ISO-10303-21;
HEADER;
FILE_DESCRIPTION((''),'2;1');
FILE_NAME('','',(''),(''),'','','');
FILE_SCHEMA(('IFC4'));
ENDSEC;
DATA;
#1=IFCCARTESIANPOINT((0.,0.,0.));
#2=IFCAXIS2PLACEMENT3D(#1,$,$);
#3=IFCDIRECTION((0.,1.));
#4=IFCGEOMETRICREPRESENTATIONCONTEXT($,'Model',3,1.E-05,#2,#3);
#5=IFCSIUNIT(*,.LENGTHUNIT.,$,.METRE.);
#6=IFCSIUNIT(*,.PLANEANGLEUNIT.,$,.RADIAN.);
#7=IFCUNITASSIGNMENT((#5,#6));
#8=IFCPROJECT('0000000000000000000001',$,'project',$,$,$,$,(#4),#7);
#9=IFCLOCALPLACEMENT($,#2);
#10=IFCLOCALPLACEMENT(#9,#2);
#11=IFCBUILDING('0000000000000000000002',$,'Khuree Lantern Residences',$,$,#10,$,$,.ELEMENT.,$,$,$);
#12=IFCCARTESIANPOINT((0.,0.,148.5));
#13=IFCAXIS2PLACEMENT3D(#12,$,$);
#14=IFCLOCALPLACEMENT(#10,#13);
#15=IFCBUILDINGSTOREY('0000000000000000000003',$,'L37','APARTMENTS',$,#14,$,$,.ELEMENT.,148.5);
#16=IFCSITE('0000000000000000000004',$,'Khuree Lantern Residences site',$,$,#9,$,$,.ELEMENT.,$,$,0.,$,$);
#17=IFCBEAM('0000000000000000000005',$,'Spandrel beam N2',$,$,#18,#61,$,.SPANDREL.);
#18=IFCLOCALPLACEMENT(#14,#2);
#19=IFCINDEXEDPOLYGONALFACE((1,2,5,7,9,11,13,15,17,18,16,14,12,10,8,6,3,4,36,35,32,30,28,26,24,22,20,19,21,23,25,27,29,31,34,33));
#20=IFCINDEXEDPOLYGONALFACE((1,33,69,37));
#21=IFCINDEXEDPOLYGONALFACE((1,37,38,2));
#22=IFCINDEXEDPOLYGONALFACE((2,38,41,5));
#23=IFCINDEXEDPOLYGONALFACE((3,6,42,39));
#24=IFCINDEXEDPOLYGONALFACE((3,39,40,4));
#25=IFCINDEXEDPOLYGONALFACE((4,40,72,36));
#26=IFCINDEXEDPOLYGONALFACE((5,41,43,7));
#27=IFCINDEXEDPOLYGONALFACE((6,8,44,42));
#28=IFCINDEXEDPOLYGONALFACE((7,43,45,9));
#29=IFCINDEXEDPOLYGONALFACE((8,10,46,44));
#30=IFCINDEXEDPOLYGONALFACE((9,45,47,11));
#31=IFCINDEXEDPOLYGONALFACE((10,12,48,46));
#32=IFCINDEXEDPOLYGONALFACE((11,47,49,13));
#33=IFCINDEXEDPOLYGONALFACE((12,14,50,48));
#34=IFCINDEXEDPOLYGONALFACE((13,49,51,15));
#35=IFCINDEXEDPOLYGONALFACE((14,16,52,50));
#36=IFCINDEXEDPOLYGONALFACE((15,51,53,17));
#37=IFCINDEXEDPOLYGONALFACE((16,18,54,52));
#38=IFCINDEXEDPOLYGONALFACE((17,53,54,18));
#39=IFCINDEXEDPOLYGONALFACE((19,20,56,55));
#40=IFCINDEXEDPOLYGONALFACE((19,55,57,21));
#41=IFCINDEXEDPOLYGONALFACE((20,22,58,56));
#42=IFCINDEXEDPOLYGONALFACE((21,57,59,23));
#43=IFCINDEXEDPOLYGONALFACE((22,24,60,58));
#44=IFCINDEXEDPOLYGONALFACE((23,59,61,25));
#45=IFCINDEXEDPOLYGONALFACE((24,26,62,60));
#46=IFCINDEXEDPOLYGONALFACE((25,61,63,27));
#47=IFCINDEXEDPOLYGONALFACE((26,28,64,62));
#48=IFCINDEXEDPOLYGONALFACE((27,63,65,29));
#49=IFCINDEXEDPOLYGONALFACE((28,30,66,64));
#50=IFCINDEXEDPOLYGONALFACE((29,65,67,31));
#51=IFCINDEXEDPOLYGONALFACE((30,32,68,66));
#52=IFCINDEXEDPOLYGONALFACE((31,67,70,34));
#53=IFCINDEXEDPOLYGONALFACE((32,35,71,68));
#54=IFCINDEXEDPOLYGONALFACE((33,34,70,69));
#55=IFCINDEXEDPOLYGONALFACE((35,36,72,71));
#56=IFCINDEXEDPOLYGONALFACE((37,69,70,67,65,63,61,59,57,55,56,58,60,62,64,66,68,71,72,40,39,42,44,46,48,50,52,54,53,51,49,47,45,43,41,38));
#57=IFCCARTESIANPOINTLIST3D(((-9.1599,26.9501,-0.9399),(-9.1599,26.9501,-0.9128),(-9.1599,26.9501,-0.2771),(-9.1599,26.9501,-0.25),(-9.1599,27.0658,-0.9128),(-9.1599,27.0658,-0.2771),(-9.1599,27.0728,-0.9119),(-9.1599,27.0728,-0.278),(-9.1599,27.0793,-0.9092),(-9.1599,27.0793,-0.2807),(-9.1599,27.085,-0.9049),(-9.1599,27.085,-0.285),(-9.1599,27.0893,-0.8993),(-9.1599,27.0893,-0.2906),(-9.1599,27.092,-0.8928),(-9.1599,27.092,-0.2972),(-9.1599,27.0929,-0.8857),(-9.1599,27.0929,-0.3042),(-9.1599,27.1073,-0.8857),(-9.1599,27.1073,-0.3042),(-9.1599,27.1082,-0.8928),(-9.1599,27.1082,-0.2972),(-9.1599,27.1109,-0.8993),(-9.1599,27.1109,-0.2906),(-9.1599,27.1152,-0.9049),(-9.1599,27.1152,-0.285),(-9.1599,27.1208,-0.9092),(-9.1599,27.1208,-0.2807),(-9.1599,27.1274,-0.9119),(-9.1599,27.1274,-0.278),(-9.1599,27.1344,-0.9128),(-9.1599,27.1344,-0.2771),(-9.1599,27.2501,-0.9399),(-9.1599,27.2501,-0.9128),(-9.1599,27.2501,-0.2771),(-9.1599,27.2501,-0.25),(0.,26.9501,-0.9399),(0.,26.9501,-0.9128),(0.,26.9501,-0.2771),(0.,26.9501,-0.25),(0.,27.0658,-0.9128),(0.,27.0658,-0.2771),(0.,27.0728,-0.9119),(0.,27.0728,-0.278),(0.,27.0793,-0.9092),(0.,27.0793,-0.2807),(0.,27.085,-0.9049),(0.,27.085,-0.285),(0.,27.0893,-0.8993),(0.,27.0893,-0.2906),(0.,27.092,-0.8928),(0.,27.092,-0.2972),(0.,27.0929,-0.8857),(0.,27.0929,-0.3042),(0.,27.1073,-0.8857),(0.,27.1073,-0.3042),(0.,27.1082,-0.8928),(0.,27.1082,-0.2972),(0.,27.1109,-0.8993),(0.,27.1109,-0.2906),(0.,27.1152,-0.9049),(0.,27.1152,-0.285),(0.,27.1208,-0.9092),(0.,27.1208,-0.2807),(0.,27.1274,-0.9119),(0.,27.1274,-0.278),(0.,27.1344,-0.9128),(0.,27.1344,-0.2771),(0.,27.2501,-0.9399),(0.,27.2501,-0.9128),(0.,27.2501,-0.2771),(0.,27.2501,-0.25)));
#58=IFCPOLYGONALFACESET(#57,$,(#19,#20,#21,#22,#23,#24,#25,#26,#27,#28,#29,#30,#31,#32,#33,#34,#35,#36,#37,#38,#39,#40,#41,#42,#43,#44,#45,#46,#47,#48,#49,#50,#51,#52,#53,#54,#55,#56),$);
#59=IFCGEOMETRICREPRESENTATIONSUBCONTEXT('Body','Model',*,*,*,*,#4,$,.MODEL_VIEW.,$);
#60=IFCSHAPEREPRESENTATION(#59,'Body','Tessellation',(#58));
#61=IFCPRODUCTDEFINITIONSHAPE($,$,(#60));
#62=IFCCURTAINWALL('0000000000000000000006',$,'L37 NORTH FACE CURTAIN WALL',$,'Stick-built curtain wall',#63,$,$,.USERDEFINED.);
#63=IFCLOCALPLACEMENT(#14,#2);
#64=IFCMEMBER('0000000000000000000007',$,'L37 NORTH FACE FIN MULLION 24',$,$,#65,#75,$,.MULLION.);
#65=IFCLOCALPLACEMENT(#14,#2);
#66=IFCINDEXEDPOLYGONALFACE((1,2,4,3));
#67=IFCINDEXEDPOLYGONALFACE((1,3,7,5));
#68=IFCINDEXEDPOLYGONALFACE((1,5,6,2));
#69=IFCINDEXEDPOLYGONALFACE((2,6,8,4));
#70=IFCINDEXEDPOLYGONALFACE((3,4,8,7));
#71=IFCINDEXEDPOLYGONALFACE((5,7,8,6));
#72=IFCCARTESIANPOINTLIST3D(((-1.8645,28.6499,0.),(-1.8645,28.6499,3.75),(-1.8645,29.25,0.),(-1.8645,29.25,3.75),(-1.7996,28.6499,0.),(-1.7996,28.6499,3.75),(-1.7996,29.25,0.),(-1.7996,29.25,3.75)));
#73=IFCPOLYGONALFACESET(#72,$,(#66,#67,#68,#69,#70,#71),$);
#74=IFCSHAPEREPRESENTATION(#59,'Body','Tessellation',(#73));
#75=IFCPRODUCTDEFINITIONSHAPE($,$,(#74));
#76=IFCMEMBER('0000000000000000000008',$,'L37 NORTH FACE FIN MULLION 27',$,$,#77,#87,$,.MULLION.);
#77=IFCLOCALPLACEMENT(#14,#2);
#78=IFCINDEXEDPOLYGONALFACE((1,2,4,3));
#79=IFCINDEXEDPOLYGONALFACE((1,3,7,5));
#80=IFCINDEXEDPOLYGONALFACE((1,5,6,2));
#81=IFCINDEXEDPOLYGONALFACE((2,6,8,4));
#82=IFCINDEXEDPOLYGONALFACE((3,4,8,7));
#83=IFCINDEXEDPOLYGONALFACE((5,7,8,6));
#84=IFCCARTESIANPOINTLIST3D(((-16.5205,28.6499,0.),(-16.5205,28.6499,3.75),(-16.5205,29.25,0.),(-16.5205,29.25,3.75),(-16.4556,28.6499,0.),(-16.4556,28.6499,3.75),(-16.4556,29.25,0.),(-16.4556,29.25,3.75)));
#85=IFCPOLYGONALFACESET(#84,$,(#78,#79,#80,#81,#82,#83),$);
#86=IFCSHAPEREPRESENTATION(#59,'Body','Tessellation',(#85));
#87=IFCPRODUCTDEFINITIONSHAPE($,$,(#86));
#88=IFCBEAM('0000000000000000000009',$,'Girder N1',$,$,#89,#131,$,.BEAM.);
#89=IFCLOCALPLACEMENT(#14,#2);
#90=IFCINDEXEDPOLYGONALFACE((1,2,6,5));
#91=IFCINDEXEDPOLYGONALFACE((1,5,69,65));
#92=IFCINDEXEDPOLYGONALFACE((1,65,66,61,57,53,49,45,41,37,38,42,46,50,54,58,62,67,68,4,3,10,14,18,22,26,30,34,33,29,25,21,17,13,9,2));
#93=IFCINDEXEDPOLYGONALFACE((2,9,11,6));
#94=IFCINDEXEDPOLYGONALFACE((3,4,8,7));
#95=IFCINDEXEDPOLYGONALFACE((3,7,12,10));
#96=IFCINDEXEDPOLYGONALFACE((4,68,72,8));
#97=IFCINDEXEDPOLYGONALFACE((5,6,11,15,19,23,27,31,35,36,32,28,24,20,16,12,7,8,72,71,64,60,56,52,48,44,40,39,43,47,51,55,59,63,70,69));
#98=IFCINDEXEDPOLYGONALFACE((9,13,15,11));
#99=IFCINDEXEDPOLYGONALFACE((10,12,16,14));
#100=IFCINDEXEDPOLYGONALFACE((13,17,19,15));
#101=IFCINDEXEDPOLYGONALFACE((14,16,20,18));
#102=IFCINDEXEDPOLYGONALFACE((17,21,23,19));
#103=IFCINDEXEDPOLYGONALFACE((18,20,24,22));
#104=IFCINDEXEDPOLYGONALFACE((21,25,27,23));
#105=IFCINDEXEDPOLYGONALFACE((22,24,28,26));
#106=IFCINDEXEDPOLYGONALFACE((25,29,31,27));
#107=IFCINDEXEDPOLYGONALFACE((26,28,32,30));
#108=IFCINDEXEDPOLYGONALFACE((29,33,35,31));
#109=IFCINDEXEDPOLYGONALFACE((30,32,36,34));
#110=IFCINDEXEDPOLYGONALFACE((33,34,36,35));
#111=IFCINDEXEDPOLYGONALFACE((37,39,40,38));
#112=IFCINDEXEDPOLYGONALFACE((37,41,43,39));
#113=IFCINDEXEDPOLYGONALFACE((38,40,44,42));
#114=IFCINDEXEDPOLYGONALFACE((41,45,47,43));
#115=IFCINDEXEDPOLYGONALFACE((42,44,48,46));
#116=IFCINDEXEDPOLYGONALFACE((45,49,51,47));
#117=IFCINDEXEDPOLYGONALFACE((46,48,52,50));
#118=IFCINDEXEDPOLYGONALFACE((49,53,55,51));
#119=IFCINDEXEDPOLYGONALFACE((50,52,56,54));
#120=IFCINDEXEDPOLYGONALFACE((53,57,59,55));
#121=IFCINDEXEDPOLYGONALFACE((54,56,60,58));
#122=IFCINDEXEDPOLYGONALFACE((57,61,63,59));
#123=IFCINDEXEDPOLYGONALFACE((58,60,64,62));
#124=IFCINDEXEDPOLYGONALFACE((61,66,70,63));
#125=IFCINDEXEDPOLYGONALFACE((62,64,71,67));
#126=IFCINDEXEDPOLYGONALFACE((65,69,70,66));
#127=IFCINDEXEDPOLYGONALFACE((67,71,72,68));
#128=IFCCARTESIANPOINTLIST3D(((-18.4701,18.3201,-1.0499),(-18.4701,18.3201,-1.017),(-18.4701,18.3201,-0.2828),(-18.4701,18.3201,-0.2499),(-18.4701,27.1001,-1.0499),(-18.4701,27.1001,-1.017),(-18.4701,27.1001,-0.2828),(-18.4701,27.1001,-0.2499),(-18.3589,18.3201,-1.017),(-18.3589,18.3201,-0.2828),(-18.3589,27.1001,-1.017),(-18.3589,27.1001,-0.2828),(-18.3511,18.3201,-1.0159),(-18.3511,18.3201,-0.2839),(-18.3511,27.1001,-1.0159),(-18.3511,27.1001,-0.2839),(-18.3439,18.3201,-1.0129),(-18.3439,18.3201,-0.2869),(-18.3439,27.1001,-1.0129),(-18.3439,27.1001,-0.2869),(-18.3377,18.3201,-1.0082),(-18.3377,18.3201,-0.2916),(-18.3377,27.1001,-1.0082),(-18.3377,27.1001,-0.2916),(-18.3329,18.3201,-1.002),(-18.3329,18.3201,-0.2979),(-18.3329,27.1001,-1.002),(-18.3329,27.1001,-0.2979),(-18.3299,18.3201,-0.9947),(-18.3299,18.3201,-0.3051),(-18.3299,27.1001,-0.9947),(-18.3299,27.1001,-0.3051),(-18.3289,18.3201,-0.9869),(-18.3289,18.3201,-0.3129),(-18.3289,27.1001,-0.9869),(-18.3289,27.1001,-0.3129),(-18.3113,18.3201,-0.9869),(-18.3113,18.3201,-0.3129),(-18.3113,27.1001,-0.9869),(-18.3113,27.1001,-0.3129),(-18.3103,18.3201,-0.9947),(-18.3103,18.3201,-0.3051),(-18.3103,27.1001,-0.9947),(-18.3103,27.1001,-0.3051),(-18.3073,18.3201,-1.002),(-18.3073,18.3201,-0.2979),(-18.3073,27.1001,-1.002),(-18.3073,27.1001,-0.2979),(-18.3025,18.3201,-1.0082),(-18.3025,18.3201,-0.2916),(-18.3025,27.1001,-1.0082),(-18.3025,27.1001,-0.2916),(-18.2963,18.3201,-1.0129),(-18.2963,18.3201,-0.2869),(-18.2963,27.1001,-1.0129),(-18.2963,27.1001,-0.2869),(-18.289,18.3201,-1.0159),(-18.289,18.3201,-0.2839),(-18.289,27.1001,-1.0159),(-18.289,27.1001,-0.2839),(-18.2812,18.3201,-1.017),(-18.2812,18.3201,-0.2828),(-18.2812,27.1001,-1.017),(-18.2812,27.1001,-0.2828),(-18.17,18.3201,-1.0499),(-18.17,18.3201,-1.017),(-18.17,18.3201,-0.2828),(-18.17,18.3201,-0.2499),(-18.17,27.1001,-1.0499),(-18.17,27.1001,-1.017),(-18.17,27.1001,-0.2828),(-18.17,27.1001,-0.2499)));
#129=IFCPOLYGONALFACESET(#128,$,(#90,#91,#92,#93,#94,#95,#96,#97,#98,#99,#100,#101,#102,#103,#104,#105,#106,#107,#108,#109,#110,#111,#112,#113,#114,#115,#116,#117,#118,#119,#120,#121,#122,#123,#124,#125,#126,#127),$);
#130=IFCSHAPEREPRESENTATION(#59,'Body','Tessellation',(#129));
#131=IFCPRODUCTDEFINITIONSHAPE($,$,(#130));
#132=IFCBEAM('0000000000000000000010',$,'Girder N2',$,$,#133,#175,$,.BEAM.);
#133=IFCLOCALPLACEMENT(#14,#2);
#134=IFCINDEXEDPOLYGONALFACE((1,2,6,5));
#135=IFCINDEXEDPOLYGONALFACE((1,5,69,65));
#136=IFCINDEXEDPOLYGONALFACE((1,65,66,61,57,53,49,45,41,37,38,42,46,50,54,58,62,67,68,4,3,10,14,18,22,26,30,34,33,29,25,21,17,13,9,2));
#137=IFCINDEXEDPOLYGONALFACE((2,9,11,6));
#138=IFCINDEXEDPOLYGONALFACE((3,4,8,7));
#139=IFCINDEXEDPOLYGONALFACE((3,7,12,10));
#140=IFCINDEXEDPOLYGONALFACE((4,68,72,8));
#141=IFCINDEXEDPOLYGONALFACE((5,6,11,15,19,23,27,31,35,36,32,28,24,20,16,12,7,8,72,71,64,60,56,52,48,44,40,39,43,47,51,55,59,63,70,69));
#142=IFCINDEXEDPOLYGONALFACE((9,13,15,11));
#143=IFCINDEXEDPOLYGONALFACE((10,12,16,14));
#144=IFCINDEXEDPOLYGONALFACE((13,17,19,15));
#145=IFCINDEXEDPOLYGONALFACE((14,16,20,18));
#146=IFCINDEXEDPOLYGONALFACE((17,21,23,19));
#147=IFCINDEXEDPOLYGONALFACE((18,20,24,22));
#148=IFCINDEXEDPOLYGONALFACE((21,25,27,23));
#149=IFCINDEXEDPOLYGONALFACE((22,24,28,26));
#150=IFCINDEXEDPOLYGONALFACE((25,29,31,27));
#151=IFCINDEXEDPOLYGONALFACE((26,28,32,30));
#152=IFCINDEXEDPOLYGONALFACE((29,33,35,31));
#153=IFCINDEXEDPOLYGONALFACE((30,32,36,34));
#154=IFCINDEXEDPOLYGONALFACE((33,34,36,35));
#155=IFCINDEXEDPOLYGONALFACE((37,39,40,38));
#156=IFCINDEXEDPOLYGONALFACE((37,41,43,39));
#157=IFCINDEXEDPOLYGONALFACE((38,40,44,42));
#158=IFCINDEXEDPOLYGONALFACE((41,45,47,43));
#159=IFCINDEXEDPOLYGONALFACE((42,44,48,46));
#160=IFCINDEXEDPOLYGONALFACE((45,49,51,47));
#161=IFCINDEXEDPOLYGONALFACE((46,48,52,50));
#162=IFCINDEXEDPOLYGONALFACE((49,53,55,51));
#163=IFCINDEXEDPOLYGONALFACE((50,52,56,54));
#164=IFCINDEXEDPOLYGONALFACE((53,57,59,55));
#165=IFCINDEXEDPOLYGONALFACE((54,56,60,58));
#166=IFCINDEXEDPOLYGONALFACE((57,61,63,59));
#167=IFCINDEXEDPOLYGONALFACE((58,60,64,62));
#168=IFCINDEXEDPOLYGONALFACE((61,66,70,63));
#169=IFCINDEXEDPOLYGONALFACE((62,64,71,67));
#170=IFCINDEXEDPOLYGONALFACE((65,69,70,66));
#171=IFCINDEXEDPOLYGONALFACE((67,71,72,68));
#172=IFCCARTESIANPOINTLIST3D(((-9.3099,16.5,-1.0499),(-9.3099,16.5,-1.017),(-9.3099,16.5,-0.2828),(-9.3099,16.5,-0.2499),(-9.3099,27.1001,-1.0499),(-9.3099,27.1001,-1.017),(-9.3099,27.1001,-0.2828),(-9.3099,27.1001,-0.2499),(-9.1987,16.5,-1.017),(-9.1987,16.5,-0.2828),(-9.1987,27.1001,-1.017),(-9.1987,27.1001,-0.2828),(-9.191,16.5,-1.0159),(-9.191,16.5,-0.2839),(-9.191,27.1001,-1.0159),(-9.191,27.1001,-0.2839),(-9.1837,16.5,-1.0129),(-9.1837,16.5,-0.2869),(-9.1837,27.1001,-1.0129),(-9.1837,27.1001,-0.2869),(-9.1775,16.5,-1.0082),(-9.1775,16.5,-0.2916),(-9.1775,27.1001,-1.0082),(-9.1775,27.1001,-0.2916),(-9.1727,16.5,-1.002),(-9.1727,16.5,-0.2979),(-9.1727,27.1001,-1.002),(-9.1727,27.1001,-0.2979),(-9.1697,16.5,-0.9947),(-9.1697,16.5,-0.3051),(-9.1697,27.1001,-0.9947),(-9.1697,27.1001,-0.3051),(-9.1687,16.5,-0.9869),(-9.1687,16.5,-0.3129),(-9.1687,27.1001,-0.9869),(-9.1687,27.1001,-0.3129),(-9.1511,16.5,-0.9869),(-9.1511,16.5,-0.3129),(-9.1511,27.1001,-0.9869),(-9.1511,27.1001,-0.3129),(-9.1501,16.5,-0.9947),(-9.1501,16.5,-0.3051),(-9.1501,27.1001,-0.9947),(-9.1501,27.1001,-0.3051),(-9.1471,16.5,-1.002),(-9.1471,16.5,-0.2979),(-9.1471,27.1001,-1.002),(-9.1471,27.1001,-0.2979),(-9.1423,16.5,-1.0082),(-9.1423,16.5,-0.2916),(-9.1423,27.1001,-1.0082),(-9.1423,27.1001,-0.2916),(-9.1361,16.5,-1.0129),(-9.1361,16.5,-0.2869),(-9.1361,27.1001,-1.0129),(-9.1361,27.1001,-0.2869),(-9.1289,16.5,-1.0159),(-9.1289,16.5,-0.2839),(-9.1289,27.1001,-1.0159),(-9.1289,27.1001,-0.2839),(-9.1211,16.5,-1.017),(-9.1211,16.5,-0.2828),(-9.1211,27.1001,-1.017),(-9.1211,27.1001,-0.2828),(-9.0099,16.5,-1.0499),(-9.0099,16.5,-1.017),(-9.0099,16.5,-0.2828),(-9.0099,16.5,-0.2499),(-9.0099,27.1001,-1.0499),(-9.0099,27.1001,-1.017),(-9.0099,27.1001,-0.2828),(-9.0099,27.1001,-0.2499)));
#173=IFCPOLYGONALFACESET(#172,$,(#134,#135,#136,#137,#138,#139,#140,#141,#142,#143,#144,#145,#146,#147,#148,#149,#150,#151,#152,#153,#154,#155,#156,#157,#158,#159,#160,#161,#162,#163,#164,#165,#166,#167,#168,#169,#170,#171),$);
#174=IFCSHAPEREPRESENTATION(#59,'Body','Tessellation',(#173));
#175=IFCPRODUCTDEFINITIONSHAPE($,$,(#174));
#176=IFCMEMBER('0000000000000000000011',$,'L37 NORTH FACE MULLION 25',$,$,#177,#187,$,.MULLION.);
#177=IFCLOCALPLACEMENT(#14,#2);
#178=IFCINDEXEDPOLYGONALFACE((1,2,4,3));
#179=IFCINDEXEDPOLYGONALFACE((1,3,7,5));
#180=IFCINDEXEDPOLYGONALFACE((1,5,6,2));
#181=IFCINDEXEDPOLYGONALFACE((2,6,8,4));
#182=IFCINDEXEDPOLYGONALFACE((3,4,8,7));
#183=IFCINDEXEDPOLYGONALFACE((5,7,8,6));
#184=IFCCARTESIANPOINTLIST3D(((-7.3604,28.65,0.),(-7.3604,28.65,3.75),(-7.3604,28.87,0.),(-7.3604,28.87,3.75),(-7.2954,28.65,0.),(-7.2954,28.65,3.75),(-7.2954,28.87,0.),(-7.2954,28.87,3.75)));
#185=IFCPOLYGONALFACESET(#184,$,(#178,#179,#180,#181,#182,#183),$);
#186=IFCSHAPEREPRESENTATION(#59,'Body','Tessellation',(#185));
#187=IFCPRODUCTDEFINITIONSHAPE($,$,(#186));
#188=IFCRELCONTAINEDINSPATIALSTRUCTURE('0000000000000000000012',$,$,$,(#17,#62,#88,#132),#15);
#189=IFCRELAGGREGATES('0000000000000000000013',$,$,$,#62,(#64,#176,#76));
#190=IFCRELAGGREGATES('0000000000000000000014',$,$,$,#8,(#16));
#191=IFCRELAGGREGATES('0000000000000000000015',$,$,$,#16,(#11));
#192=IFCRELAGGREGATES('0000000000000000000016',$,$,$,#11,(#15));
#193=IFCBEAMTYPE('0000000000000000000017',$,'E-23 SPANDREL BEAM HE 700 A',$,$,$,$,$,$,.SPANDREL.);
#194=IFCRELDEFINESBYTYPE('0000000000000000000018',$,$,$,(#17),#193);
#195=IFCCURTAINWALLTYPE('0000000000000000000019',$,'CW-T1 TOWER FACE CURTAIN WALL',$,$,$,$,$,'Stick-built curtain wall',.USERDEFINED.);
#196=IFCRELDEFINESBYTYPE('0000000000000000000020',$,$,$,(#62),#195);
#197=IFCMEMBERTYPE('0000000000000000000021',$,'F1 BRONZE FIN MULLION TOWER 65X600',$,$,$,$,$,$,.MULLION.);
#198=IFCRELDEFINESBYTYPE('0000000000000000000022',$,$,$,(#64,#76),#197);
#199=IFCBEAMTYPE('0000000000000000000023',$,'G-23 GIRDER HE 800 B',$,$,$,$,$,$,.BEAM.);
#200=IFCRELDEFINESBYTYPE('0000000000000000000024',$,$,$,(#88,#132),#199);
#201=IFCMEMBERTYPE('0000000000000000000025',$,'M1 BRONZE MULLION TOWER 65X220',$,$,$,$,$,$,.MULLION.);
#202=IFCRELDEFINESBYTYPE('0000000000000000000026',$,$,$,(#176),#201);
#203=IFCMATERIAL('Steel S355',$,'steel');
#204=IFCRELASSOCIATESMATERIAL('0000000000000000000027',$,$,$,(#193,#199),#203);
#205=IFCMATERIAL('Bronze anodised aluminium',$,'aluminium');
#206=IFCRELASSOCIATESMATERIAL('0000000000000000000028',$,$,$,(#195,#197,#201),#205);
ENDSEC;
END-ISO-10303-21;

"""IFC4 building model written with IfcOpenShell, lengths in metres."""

from ifc_helpers import new_model, si_unit, direction, frame, origin, origin_2d, place, context, subcontext, project, spatial, rectangle, i_section, extrude, material, material_profile, profile_set, type_object, element, aggregate, save


model = new_model("IFC4")

# Units and contexts
model_context = context("Model", 3, precision=1e-05, world=origin(), true_north=direction((0.0, 1.0)))
body_context = subcontext(model_context, "Body", "Model", "MODEL_VIEW")
ifc_project = project(units=[si_unit("LENGTHUNIT", "METRE"), si_unit("PLANEANGLEUNIT", "RADIAN")], contexts=[model_context])

# Site, building, storey
site_placement = place(None, origin())
site = spatial("IfcSite", under=ifc_project, at=site_placement, Name="Khuree Lantern Residences site", CompositionType="ELEMENT", RefElevation=0.0)
building_placement = place(site_placement, origin())
building = spatial("IfcBuilding", under=site, at=building_placement, Name="Khuree Lantern Residences", CompositionType="ELEMENT")
storey_placement = place(building_placement, frame((0.0, 0.0, 148.5)))
storey = spatial("IfcBuildingStorey", under=building, at=storey_placement, Name="L37", Description="APARTMENTS", CompositionType="ELEMENT", Elevation=148.5)

# Beam
ifc_material_1 = material(Name="Steel S355", Category="steel")
ifc_material_profile_1 = material_profile(ifc_material_1, i_section(OverallWidth=0.3, OverallDepth=0.6899, WebThickness=0.0144, FlangeThickness=0.0271, FilletRadius=0.0271, at=origin_2d()), Name="HE 700 A")
ifc_profile_set_1 = profile_set([ifc_material_profile_1], Name="Steel S355")
beam_type_1 = type_object("IfcBeamType", Name="E-23 SPANDREL BEAM HE 700 A", PredefinedType="SPANDREL", material=ifc_profile_set_1)
beam_1_placement = place(storey_placement, frame((-9.1599, 27.1001, -0.595), z_axis=(1.0, 0.0, 0.0), x_axis=(0.0, 1.0, 0.0)))
element("IfcBeam", 1, at=beam_1_placement, inside=storey, type_object=beam_type_1, Name="Spandrel beam N2", PredefinedType="SPANDREL", context=body_context, shape_type="SweptSolid", body=[
    extrude(i_section(OverallWidth=0.3, OverallDepth=0.6899, WebThickness=0.0144, FlangeThickness=0.0271, FilletRadius=0.0271, at=origin_2d()), origin(), (0.0, 0.0, 1.0), 9.1599),
])

# Curtain wall, members
ifc_material_2 = material(Name="Bronze anodised aluminium", Category="aluminium")
curtain_wall_type = type_object("IfcCurtainWallType", Name="CW-T1 TOWER FACE CURTAIN WALL", ElementType="Stick-built curtain wall", PredefinedType="USERDEFINED", material=ifc_material_2)
curtain_wall_placement = place(storey_placement, origin())
curtain_wall = element("IfcCurtainWall", 2, at=curtain_wall_placement, inside=storey, type_object=curtain_wall_type, Name="L37 NORTH FACE CURTAIN WALL", ObjectType="Stick-built curtain wall", PredefinedType="USERDEFINED")
ifc_material_profile_2 = material_profile(ifc_material_2, rectangle(XDim=0.0649, YDim=0.6001, at=origin_2d()), Name="F1 65X600")
ifc_profile_set_2 = profile_set([ifc_material_profile_2], Name="Bronze anodised aluminium")
member_type_1 = type_object("IfcMemberType", Name="F1 BRONZE FIN MULLION TOWER 65X600", PredefinedType="MULLION", material=ifc_profile_set_2)
member_1_placement = place(storey_placement, frame((-1.832, 28.95, 0.0), z_axis=(0.0, 0.0, 1.0), x_axis=(-1.0, 0.0, 0.0)))
member_1 = element("IfcMember", 3, at=member_1_placement, type_object=member_type_1, Name="L37 NORTH FACE FIN MULLION 24", PredefinedType="MULLION", context=body_context, shape_type="SweptSolid", body=[
    extrude(rectangle(XDim=0.0649, YDim=0.6001, at=origin_2d()), origin(), (0.0, 0.0, 1.0), 3.75),
])
member_2_placement = place(storey_placement, frame((-16.488, 28.95, 0.0), z_axis=(0.0, 0.0, 1.0), x_axis=(-1.0, 0.0, 0.0)))
member_2 = element("IfcMember", 4, at=member_2_placement, type_object=member_type_1, Name="L37 NORTH FACE FIN MULLION 27", PredefinedType="MULLION", context=body_context, shape_type="SweptSolid", body=[
    extrude(rectangle(XDim=0.0649, YDim=0.6001, at=origin_2d()), origin(), (0.0, 0.0, 1.0), 3.75),
])

# Beams
ifc_material_profile_3 = material_profile(ifc_material_1, i_section(OverallWidth=0.3, OverallDepth=0.8, WebThickness=0.0176, FlangeThickness=0.033, FilletRadius=0.03, at=origin_2d()), Name="HE 800 B")
ifc_profile_set_3 = profile_set([ifc_material_profile_3], Name="Steel S355")
beam_type_2 = type_object("IfcBeamType", Name="G-23 GIRDER HE 800 B", PredefinedType="BEAM", material=ifc_profile_set_3)
beam_2_placement = place(storey_placement, frame((-18.3201, 27.1001, -0.6499), z_axis=(0.0, -1.0, 0.0), x_axis=(1.0, 0.0, 0.0)))
element("IfcBeam", 5, at=beam_2_placement, inside=storey, type_object=beam_type_2, Name="Girder N1", PredefinedType="BEAM", context=body_context, shape_type="SweptSolid", body=[
    extrude(i_section(OverallWidth=0.3, OverallDepth=0.8, WebThickness=0.0176, FlangeThickness=0.033, FilletRadius=0.03, at=origin_2d()), origin(), (0.0, 0.0, 1.0), 8.78),
])
beam_3_placement = place(storey_placement, frame((-9.1599, 27.1001, -0.6499), z_axis=(0.0, -1.0, 0.0), x_axis=(1.0, 0.0, 0.0)))
element("IfcBeam", 6, at=beam_3_placement, inside=storey, type_object=beam_type_2, Name="Girder N2", PredefinedType="BEAM", context=body_context, shape_type="SweptSolid", body=[
    extrude(i_section(OverallWidth=0.3, OverallDepth=0.8, WebThickness=0.0176, FlangeThickness=0.033, FilletRadius=0.03, at=origin_2d()), origin(), (0.0, 0.0, 1.0), 10.6001),
])

# Member
ifc_material_profile_4 = material_profile(ifc_material_2, rectangle(XDim=0.0649, YDim=0.22, at=origin_2d()), Name="M1 65X220")
ifc_profile_set_4 = profile_set([ifc_material_profile_4], Name="Bronze anodised aluminium")
member_type_2 = type_object("IfcMemberType", Name="M1 BRONZE MULLION TOWER 65X220", PredefinedType="MULLION", material=ifc_profile_set_4)
member_3_placement = place(storey_placement, frame((-7.3279, 28.76, 0.0), z_axis=(0.0, 0.0, 1.0), x_axis=(-1.0, 0.0, 0.0)))
member_3 = element("IfcMember", 7, at=member_3_placement, type_object=member_type_2, Name="L37 NORTH FACE MULLION 25", PredefinedType="MULLION", context=body_context, shape_type="SweptSolid", body=[
    extrude(rectangle(XDim=0.0649, YDim=0.22, at=origin_2d()), origin(), (0.0, 0.0, 1.0), 3.75),
])

aggregate(curtain_wall, [member_1, member_3, member_2])

save(model, "model.ifc")
